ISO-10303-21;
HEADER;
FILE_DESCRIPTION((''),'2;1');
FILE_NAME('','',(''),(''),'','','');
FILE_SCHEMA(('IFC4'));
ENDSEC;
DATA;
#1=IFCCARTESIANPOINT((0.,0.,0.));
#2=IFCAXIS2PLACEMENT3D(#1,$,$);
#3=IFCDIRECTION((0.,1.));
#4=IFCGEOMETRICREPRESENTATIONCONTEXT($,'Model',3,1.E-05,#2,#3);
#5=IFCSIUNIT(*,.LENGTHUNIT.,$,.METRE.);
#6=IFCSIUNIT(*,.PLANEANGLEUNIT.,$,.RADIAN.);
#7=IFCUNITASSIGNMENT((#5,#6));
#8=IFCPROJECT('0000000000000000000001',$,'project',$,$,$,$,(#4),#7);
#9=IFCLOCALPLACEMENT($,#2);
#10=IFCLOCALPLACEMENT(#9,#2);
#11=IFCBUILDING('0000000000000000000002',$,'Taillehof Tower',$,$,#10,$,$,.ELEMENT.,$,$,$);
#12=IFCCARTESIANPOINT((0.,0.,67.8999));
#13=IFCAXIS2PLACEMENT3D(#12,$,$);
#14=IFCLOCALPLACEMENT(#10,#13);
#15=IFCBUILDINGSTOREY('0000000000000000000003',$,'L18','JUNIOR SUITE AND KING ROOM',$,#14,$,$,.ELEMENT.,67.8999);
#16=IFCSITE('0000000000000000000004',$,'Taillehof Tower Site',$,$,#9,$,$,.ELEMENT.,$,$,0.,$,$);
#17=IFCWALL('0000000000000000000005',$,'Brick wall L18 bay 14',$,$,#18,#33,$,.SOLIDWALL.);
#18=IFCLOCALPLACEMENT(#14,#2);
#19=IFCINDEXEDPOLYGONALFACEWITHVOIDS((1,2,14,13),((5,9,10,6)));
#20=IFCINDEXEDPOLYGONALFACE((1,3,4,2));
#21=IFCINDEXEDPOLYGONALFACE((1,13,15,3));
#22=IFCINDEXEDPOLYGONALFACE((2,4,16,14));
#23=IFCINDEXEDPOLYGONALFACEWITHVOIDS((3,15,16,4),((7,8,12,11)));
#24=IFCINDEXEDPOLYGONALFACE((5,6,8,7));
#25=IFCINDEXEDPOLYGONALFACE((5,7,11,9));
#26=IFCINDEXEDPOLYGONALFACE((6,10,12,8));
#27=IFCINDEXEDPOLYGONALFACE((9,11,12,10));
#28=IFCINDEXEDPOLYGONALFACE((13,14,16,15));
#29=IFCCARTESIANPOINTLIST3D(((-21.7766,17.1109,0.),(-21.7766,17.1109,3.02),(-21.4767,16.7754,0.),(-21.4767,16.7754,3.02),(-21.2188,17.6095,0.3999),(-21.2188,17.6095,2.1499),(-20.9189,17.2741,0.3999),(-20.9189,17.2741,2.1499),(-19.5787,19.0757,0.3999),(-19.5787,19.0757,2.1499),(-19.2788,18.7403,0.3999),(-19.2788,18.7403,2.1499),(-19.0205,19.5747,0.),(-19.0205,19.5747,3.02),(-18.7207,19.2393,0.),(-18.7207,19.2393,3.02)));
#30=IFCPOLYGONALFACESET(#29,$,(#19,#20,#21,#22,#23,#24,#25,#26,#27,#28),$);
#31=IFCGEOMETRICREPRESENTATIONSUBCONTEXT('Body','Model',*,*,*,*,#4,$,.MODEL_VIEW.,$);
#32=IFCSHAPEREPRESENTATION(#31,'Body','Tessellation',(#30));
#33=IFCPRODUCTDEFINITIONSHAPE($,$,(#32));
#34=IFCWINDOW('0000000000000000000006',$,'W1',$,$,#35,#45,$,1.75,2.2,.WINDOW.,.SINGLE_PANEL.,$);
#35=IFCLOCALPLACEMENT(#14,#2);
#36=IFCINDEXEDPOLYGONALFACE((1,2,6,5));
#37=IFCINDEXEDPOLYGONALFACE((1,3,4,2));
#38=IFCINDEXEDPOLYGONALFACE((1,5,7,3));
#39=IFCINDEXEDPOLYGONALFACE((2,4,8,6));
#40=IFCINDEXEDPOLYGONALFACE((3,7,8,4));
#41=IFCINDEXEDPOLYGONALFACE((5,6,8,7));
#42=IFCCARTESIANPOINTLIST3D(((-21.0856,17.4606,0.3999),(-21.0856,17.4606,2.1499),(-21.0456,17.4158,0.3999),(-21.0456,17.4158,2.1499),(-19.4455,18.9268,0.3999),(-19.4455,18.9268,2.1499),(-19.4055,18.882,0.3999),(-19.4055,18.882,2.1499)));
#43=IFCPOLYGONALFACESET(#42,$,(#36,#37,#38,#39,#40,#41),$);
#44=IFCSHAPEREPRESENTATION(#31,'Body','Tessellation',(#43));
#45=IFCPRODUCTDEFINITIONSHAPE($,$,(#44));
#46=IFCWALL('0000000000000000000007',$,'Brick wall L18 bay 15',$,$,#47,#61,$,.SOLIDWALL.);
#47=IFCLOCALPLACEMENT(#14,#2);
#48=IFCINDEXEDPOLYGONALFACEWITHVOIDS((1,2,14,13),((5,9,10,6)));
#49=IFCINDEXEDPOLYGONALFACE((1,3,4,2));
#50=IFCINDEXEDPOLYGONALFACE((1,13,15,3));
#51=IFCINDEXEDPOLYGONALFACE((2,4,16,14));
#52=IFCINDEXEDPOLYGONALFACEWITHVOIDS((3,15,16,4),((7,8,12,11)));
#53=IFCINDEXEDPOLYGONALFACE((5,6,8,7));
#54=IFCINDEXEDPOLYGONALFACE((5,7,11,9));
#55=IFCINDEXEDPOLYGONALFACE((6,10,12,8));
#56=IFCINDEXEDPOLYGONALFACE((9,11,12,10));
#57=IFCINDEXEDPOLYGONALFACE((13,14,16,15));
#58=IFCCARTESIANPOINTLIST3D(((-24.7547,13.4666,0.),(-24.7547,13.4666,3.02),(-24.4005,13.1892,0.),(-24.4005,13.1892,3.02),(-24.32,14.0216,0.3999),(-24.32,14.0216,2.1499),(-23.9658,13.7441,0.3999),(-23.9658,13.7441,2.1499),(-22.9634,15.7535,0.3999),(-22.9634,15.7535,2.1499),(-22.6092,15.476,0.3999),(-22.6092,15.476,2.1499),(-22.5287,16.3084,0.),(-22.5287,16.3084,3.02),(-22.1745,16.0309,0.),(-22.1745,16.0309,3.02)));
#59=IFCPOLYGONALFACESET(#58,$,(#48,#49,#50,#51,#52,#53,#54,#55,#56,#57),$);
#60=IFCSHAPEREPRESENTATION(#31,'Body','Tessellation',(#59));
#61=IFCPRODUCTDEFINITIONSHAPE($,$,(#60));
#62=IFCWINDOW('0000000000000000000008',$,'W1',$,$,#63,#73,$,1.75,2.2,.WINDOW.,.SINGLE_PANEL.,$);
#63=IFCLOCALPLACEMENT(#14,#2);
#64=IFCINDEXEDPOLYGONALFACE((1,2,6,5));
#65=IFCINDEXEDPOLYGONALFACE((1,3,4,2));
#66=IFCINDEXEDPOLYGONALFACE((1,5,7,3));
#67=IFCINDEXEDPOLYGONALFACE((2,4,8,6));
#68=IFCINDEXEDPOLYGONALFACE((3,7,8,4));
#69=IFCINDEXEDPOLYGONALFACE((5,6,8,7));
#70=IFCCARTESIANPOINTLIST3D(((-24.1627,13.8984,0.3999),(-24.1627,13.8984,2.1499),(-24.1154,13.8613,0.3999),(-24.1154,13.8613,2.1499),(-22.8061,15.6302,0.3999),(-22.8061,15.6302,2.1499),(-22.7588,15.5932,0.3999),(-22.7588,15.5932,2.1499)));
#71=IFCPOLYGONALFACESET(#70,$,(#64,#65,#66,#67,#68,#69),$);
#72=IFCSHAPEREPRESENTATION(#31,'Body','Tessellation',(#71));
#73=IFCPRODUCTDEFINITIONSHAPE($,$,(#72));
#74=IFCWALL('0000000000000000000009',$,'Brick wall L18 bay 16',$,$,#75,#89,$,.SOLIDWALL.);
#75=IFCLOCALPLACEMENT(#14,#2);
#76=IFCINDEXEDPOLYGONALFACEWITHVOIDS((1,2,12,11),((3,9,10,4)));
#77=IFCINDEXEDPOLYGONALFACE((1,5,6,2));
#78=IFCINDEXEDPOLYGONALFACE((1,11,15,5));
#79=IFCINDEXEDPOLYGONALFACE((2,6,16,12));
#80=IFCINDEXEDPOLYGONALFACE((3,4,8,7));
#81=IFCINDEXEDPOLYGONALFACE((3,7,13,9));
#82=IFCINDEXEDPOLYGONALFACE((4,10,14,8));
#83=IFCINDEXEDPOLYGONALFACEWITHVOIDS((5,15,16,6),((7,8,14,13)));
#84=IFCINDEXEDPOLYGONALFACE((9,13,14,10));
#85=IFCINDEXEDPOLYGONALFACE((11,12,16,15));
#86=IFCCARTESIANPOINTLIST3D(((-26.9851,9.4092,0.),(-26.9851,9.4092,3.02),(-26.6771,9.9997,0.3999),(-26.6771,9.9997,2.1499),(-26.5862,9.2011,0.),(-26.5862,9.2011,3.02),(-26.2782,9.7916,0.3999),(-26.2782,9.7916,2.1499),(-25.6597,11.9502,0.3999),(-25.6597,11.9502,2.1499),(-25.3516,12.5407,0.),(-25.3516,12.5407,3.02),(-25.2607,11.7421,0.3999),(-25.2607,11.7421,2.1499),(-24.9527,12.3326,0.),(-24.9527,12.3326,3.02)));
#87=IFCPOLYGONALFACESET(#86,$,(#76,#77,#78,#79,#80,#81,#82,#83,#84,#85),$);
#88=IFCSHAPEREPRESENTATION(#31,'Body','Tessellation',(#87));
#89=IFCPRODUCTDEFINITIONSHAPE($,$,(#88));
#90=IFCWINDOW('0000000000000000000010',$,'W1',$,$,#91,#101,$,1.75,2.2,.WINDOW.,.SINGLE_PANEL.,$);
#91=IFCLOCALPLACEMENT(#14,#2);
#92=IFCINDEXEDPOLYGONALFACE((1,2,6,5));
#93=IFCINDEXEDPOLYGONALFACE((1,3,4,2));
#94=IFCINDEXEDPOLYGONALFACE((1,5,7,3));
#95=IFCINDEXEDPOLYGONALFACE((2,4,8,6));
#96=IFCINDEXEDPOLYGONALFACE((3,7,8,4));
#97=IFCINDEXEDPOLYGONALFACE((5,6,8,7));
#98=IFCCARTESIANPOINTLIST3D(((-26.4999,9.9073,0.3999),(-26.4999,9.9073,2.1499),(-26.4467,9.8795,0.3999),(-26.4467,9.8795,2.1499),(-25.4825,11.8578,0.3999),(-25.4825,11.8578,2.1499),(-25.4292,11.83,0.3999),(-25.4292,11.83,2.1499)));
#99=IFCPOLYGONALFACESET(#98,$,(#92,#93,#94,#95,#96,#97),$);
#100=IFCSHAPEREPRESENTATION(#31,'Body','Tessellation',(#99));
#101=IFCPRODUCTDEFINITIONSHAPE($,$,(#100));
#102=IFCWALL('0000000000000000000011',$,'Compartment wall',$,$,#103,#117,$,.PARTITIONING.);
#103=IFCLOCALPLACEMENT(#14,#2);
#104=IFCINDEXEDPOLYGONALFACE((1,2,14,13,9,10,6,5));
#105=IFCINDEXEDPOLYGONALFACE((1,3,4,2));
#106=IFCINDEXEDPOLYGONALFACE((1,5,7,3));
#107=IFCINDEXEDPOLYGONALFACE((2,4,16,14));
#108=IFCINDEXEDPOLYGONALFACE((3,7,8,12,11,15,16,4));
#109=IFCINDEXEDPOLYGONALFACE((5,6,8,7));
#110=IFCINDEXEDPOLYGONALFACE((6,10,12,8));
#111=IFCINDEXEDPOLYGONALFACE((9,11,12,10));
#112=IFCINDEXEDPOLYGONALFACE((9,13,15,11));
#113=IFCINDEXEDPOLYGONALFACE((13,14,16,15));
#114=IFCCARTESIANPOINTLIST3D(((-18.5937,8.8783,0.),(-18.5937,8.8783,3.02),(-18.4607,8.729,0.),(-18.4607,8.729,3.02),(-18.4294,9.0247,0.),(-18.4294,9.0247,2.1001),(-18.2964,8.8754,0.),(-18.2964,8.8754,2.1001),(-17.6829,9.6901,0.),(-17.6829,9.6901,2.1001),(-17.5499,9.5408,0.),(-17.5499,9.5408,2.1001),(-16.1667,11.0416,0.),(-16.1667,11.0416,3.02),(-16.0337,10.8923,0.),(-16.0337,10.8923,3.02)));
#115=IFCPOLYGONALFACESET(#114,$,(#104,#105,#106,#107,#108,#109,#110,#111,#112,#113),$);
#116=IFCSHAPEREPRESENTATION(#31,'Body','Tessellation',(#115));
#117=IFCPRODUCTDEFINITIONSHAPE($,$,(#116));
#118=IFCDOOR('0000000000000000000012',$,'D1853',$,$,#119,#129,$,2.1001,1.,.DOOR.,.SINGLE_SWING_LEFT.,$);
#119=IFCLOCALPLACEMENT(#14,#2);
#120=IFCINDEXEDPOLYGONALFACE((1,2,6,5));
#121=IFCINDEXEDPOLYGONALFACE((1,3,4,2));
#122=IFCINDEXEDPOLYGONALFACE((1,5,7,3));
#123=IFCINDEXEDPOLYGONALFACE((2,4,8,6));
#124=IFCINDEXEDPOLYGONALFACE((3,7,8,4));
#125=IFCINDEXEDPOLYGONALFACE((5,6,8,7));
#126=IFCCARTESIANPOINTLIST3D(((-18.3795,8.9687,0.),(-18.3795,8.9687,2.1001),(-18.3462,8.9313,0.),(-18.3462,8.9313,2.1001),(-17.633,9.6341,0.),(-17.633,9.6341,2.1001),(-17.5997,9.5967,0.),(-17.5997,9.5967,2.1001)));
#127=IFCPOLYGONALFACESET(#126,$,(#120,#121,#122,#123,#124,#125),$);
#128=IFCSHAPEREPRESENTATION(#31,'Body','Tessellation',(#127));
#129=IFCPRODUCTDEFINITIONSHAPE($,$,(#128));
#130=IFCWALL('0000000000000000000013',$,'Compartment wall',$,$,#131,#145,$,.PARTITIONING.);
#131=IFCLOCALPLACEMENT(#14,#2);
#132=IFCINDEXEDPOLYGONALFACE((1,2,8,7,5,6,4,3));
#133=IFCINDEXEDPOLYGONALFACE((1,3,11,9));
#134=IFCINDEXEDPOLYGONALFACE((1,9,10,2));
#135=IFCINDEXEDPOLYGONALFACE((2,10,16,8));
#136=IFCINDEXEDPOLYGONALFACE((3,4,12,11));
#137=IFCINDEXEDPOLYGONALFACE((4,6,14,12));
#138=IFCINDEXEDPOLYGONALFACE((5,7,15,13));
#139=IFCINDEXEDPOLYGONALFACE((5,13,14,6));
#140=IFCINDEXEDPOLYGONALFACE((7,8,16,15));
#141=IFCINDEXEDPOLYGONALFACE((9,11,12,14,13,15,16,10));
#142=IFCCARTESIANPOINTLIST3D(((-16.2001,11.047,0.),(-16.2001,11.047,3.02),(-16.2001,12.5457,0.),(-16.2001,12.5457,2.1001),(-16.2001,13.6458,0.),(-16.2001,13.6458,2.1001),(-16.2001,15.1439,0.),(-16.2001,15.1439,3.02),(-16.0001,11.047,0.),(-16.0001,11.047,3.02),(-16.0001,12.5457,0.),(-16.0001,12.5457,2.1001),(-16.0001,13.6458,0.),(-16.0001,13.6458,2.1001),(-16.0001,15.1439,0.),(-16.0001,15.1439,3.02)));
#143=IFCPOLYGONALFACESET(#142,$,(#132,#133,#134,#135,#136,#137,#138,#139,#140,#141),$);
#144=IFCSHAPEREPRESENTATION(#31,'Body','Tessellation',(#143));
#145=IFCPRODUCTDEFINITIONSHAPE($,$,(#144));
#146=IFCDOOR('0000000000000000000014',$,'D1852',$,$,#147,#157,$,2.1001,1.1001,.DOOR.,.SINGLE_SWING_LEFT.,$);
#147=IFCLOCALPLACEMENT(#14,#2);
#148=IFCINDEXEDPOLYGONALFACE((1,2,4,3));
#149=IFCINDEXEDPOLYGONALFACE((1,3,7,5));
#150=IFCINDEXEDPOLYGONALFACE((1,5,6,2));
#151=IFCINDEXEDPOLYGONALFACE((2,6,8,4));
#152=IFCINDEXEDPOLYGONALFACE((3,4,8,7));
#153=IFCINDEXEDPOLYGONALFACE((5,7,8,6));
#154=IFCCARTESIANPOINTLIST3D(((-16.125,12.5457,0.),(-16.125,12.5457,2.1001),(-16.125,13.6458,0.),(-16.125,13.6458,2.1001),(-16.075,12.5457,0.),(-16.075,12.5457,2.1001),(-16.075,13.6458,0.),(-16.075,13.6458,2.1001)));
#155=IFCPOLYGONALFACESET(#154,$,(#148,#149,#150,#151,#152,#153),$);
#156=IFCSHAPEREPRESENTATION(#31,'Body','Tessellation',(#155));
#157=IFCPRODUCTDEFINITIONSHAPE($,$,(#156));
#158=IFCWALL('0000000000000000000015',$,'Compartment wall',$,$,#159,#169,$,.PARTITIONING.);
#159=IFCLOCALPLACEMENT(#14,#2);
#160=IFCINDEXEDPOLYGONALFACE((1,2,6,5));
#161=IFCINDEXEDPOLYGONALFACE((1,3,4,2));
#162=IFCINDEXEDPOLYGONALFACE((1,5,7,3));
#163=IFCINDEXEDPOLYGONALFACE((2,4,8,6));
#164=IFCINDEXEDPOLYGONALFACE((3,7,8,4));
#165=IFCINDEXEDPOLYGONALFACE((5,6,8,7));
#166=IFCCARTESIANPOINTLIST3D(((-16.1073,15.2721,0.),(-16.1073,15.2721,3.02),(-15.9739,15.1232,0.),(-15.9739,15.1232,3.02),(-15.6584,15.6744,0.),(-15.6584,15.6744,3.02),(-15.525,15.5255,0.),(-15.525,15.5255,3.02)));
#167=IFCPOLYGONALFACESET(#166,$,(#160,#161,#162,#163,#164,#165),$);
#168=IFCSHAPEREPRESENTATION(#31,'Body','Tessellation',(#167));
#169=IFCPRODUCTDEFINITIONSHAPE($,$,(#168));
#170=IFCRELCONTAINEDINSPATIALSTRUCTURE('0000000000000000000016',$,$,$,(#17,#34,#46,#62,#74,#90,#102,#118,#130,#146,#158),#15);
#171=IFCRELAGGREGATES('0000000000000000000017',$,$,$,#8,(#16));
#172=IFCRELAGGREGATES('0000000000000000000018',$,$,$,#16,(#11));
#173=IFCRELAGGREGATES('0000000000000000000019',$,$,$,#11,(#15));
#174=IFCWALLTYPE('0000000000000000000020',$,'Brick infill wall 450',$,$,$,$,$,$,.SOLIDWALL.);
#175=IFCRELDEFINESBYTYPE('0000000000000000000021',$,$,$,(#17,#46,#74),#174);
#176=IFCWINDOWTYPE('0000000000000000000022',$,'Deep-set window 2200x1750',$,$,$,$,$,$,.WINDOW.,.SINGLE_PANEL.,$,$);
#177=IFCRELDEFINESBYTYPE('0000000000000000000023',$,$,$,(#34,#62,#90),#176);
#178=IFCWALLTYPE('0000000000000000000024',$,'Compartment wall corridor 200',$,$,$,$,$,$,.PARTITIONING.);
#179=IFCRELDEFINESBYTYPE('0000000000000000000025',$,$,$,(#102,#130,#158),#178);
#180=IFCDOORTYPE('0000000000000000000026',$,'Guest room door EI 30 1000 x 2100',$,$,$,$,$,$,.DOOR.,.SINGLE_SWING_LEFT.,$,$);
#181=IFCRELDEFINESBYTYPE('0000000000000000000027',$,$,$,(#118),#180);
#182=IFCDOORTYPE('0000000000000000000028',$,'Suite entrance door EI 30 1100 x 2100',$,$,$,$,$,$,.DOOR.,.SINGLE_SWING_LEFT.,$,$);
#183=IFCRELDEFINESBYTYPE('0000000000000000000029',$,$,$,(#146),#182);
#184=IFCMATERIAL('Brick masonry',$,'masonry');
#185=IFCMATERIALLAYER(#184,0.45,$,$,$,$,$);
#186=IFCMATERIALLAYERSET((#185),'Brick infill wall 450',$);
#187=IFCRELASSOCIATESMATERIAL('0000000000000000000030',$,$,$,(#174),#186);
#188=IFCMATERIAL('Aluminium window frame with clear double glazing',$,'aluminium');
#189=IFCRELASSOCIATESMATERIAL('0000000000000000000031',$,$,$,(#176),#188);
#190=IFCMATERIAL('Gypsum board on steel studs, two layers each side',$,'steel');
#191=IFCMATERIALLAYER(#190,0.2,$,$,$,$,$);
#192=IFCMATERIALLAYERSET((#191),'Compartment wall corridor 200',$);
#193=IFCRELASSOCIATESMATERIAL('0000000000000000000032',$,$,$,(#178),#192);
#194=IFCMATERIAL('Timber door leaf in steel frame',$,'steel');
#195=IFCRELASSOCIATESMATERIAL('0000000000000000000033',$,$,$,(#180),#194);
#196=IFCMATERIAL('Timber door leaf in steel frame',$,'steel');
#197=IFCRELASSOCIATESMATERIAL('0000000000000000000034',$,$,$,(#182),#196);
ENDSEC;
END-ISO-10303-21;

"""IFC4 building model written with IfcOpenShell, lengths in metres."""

from ifc_helpers import new_model, si_unit, direction, frame, frame_2d, origin, place, context, subcontext, project, spatial, rectangle, extrude, material, layer, layer_set, type_object, element, fill, save


model = new_model("IFC4")

# Units and contexts
model_context = context("Model", 3, precision=1e-05, world=origin(), true_north=direction((0.0, 1.0)))
body_context = subcontext(model_context, "Body", "Model", "MODEL_VIEW")
ifc_project = project(units=[si_unit("LENGTHUNIT", "METRE"), si_unit("PLANEANGLEUNIT", "RADIAN")], contexts=[model_context])

# Site, building, storey
site_placement = place(None, origin())
site = spatial("IfcSite", under=ifc_project, at=site_placement, Name="Taillehof Tower Site", CompositionType="ELEMENT", RefElevation=0.0)
building_placement = place(site_placement, origin())
building = spatial("IfcBuilding", under=site, at=building_placement, Name="Taillehof Tower", CompositionType="ELEMENT")
storey_placement = place(building_placement, frame((0.0, 0.0, 67.8999)))
storey = spatial("IfcBuildingStorey", under=building, at=storey_placement, Name="L18", Description="JUNIOR SUITE AND KING ROOM", CompositionType="ELEMENT", Elevation=67.8999)

# Walls, openings, windows
ifc_material_1 = material(Name="Brick masonry", Category="masonry")
ifc_layer_1 = layer(ifc_material_1, 0.45)
ifc_layer_set_1 = layer_set([ifc_layer_1], Name="Brick infill wall 450")
wall_type_1 = type_object("IfcWallType", Name="Brick infill wall 450", PredefinedType="SOLIDWALL", material=ifc_layer_set_1)
ifc_material_2 = material(Name="Aluminium window frame with clear double glazing", Category="aluminium")
window_type = type_object("IfcWindowType", Name="Deep-set window 2200x1750", PartitioningType="SINGLE_PANEL", PredefinedType="WINDOW", material=ifc_material_2)
wall_1_placement = place(storey_placement, frame((-18.8706, 19.407, 0.0), z_axis=(0.0, 0.0, 1.0), x_axis=(-0.745526, -0.666476, 0.0)))
wall_1 = element("IfcWall", 1, at=wall_1_placement, inside=storey, type_object=wall_type_1, Name="Brick wall L18 bay 14", PredefinedType="SOLIDWALL", context=body_context, shape_type="SweptSolid", body=[
    extrude(rectangle(XDim=3.6968, YDim=0.45, at=frame_2d((1.8484, 0.0))), origin(), (0.0, 0.0, 1.0), 3.02),
])
opening_1_placement = place(wall_1_placement, frame((0.7485, 0.0, 0.3999)))
opening_1 = element("IfcOpeningElement", 2, at=opening_1_placement, cuts=wall_1, PredefinedType="OPENING", context=body_context, shape_type="SweptSolid", body=[
    extrude(rectangle(XDim=2.2, YDim=1.75, at=frame_2d((1.1001, 0.875))), frame((0.0, 0.2349, 0.0), z_axis=(0.0, -1.0, 0.0), x_axis=(1.0, 0.0, 0.0)), (0.0, 0.0, 1.0), 0.47),
])
window_1_placement = place(opening_1_placement, origin())
window_1 = element("IfcWindow", 3, at=window_1_placement, inside=storey, type_object=window_type, Name="W1", OverallHeight=1.75, OverallWidth=2.2, PartitioningType="SINGLE_PANEL", PredefinedType="WINDOW", context=body_context, shape_type="SweptSolid", body=[
    extrude(rectangle(XDim=2.2, YDim=1.75, at=frame_2d((1.1001, 0.875))), frame((0.0, 0.0349, 0.0), z_axis=(0.0, -1.0, 0.0), x_axis=(1.0, 0.0, 0.0)), (0.0, 0.0, 1.0), 0.0601),
])
fill(opening_1, window_1)
wall_2_placement = place(storey_placement, frame((-22.3516, 16.1697, 0.0), z_axis=(0.0, 0.0, 1.0), x_axis=(-0.616662, -0.787228, 0.0)))
wall_2 = element("IfcWall", 4, at=wall_2_placement, inside=storey, type_object=wall_type_1, Name="Brick wall L18 bay 15", PredefinedType="SOLIDWALL", context=body_context, shape_type="SweptSolid", body=[
    extrude(rectangle(XDim=3.6099, YDim=0.45, at=frame_2d((1.8049, 0.0))), origin(), (0.0, 0.0, 1.0), 3.02),
])
opening_2_placement = place(wall_2_placement, frame((0.7048, 0.0, 0.3999)))
opening_2 = element("IfcOpeningElement", 5, at=opening_2_placement, cuts=wall_2, PredefinedType="OPENING", context=body_context, shape_type="SweptSolid", body=[
    extrude(rectangle(XDim=2.2, YDim=1.75, at=frame_2d((1.1001, 0.875))), frame((0.0, 0.2349, 0.0), z_axis=(0.0, -1.0, 0.0), x_axis=(1.0, 0.0, 0.0)), (0.0, 0.0, 1.0), 0.47),
])
window_2_placement = place(opening_2_placement, origin())
window_2 = element("IfcWindow", 6, at=window_2_placement, inside=storey, type_object=window_type, Name="W1", OverallHeight=1.75, OverallWidth=2.2, PartitioningType="SINGLE_PANEL", PredefinedType="WINDOW", context=body_context, shape_type="SweptSolid", body=[
    extrude(rectangle(XDim=2.2, YDim=1.75, at=frame_2d((1.1001, 0.875))), frame((0.0, 0.0349, 0.0), z_axis=(0.0, -1.0, 0.0), x_axis=(1.0, 0.0, 0.0)), (0.0, 0.0, 1.0), 0.0601),
])
fill(opening_2, window_2)
wall_3_placement = place(storey_placement, frame((-25.1521, 12.4368, 0.0), z_axis=(0.0, 0.0, 1.0), x_axis=(-0.462493, -0.886623, 0.0)))
wall_3 = element("IfcWall", 7, at=wall_3_placement, inside=storey, type_object=wall_type_1, Name="Brick wall L18 bay 16", PredefinedType="SOLIDWALL", context=body_context, shape_type="SweptSolid", body=[
    extrude(rectangle(XDim=3.532, YDim=0.45, at=frame_2d((1.7661, 0.0))), origin(), (0.0, 0.0, 1.0), 3.02),
])
opening_3_placement = place(wall_3_placement, frame((0.666, 0.0, 0.3999)))
opening_3 = element("IfcOpeningElement", 8, at=opening_3_placement, cuts=wall_3, PredefinedType="OPENING", context=body_context, shape_type="SweptSolid", body=[
    extrude(rectangle(XDim=2.2, YDim=1.75, at=frame_2d((1.1001, 0.875))), frame((0.0, 0.2349, 0.0), z_axis=(0.0, -1.0, 0.0), x_axis=(1.0, 0.0, 0.0)), (0.0, 0.0, 1.0), 0.47),
])
window_3_placement = place(opening_3_placement, origin())
window_3 = element("IfcWindow", 9, at=window_3_placement, inside=storey, type_object=window_type, Name="W1", OverallHeight=1.75, OverallWidth=2.2, PartitioningType="SINGLE_PANEL", PredefinedType="WINDOW", context=body_context, shape_type="SweptSolid", body=[
    extrude(rectangle(XDim=2.2, YDim=1.75, at=frame_2d((1.1001, 0.875))), frame((0.0, 0.0349, 0.0), z_axis=(0.0, -1.0, 0.0), x_axis=(1.0, 0.0, 0.0)), (0.0, 0.0, 1.0), 0.0601),
])
fill(opening_3, window_3)

# Walls, openings, doors
ifc_material_3 = material(Name="Gypsum board on steel studs, two layers each side", Category="steel")
ifc_layer_2 = layer(ifc_material_3, 0.2)
ifc_layer_set_2 = layer_set([ifc_layer_2], Name="Compartment wall corridor 200")
wall_type_2 = type_object("IfcWallType", Name="Compartment wall corridor 200", PredefinedType="PARTITIONING", material=ifc_layer_set_2)
wall_4_placement = place(storey_placement, frame((-18.5271, 8.8037, 0.0), z_axis=(0.0, 0.0, 1.0), x_axis=(0.746493, 0.665393, 0.0)))
wall_4 = element("IfcWall", 10, at=wall_4_placement, inside=storey, type_object=wall_type_2, Name="Compartment wall", PredefinedType="PARTITIONING", context=body_context, shape_type="SweptSolid", body=[
    extrude(rectangle(XDim=3.2512, YDim=0.2, at=frame_2d((1.6255, 0.0))), origin(), (0.0, 0.0, 1.0), 3.02),
])
opening_4_placement = place(wall_4_placement, frame((0.22, 0.0, 0.0)))
opening_4 = element("IfcOpeningElement", 11, at=opening_4_placement, cuts=wall_4, PredefinedType="OPENING", context=body_context, shape_type="SweptSolid", body=[
    extrude(rectangle(XDim=1.0, YDim=2.1001, at=frame_2d((0.5, 1.05))), frame((0.0, 0.1099, 0.0), z_axis=(0.0, -1.0, 0.0), x_axis=(1.0, 0.0, 0.0)), (0.0, 0.0, 1.0), 0.22),
])
ifc_material_4 = material(Name="Timber door leaf in steel frame", Category="steel")
door_type_1 = type_object("IfcDoorType", Name="Guest room door EI 30 1000 x 2100", OperationType="SINGLE_SWING_LEFT", PredefinedType="DOOR", material=ifc_material_4)
door_1_placement = place(opening_4_placement, origin())
door_1 = element("IfcDoor", 12, at=door_1_placement, inside=storey, type_object=door_type_1, Name="D1853", OperationType="SINGLE_SWING_LEFT", OverallHeight=2.1001, OverallWidth=1.0, PredefinedType="DOOR", context=body_context, shape_type="SweptSolid", body=[
    extrude(rectangle(XDim=1.0, YDim=2.1001, at=frame_2d((0.5, 1.05))), frame((0.0, 0.0249, 0.0), z_axis=(0.0, -1.0, 0.0), x_axis=(1.0, 0.0, 0.0)), (0.0, 0.0, 1.0), 0.05),
])
fill(opening_4, door_1)
wall_5_placement = place(storey_placement, frame((-16.1001, 11.0471, 0.0), z_axis=(0.0, 0.0, 1.0), x_axis=(0.0, 1.0, 0.0)))
wall_5 = element("IfcWall", 13, at=wall_5_placement, inside=storey, type_object=wall_type_2, Name="Compartment wall", PredefinedType="PARTITIONING", context=body_context, shape_type="SweptSolid", body=[
    extrude(rectangle(XDim=4.0969, YDim=0.2, at=frame_2d((2.0483, 0.0))), origin(), (0.0, 0.0, 1.0), 3.02),
])
opening_5_placement = place(wall_5_placement, frame((1.4985, 0.0, 0.0)))
opening_5 = element("IfcOpeningElement", 14, at=opening_5_placement, cuts=wall_5, PredefinedType="OPENING", context=body_context, shape_type="SweptSolid", body=[
    extrude(rectangle(XDim=1.1001, YDim=2.1001, at=frame_2d((0.55, 1.05))), frame((0.0, 0.1099, 0.0), z_axis=(0.0, -1.0, 0.0), x_axis=(1.0, 0.0, 0.0)), (0.0, 0.0, 1.0), 0.22),
])
ifc_material_5 = material(Name="Timber door leaf in steel frame", Category="steel")
door_type_2 = type_object("IfcDoorType", Name="Suite entrance door EI 30 1100 x 2100", OperationType="SINGLE_SWING_LEFT", PredefinedType="DOOR", material=ifc_material_5)
door_2_placement = place(opening_5_placement, origin())
door_2 = element("IfcDoor", 15, at=door_2_placement, inside=storey, type_object=door_type_2, Name="D1852", OperationType="SINGLE_SWING_LEFT", OverallHeight=2.1001, OverallWidth=1.1001, PredefinedType="DOOR", context=body_context, shape_type="SweptSolid", body=[
    extrude(rectangle(XDim=1.1001, YDim=2.1001, at=frame_2d((0.55, 1.05))), frame((0.0, 0.0249, 0.0), z_axis=(0.0, -1.0, 0.0), x_axis=(1.0, 0.0, 0.0)), (0.0, 0.0, 1.0), 0.05),
])
fill(opening_5, door_2)

# Wall
wall_6_placement = place(storey_placement, frame((-16.0405, 15.1978, 0.0), z_axis=(0.0, 0.0, 1.0), x_axis=(0.744722, 0.667375, 0.0)))
element("IfcWall", 16, at=wall_6_placement, inside=storey, type_object=wall_type_2, Name="Compartment wall", PredefinedType="PARTITIONING", context=body_context, shape_type="SweptSolid", body=[
    extrude(rectangle(XDim=0.6028, YDim=0.2, at=frame_2d((0.3013, 0.0))), origin(), (0.0, 0.0, 1.0), 3.02),
])

save(model, "model.ifc")
